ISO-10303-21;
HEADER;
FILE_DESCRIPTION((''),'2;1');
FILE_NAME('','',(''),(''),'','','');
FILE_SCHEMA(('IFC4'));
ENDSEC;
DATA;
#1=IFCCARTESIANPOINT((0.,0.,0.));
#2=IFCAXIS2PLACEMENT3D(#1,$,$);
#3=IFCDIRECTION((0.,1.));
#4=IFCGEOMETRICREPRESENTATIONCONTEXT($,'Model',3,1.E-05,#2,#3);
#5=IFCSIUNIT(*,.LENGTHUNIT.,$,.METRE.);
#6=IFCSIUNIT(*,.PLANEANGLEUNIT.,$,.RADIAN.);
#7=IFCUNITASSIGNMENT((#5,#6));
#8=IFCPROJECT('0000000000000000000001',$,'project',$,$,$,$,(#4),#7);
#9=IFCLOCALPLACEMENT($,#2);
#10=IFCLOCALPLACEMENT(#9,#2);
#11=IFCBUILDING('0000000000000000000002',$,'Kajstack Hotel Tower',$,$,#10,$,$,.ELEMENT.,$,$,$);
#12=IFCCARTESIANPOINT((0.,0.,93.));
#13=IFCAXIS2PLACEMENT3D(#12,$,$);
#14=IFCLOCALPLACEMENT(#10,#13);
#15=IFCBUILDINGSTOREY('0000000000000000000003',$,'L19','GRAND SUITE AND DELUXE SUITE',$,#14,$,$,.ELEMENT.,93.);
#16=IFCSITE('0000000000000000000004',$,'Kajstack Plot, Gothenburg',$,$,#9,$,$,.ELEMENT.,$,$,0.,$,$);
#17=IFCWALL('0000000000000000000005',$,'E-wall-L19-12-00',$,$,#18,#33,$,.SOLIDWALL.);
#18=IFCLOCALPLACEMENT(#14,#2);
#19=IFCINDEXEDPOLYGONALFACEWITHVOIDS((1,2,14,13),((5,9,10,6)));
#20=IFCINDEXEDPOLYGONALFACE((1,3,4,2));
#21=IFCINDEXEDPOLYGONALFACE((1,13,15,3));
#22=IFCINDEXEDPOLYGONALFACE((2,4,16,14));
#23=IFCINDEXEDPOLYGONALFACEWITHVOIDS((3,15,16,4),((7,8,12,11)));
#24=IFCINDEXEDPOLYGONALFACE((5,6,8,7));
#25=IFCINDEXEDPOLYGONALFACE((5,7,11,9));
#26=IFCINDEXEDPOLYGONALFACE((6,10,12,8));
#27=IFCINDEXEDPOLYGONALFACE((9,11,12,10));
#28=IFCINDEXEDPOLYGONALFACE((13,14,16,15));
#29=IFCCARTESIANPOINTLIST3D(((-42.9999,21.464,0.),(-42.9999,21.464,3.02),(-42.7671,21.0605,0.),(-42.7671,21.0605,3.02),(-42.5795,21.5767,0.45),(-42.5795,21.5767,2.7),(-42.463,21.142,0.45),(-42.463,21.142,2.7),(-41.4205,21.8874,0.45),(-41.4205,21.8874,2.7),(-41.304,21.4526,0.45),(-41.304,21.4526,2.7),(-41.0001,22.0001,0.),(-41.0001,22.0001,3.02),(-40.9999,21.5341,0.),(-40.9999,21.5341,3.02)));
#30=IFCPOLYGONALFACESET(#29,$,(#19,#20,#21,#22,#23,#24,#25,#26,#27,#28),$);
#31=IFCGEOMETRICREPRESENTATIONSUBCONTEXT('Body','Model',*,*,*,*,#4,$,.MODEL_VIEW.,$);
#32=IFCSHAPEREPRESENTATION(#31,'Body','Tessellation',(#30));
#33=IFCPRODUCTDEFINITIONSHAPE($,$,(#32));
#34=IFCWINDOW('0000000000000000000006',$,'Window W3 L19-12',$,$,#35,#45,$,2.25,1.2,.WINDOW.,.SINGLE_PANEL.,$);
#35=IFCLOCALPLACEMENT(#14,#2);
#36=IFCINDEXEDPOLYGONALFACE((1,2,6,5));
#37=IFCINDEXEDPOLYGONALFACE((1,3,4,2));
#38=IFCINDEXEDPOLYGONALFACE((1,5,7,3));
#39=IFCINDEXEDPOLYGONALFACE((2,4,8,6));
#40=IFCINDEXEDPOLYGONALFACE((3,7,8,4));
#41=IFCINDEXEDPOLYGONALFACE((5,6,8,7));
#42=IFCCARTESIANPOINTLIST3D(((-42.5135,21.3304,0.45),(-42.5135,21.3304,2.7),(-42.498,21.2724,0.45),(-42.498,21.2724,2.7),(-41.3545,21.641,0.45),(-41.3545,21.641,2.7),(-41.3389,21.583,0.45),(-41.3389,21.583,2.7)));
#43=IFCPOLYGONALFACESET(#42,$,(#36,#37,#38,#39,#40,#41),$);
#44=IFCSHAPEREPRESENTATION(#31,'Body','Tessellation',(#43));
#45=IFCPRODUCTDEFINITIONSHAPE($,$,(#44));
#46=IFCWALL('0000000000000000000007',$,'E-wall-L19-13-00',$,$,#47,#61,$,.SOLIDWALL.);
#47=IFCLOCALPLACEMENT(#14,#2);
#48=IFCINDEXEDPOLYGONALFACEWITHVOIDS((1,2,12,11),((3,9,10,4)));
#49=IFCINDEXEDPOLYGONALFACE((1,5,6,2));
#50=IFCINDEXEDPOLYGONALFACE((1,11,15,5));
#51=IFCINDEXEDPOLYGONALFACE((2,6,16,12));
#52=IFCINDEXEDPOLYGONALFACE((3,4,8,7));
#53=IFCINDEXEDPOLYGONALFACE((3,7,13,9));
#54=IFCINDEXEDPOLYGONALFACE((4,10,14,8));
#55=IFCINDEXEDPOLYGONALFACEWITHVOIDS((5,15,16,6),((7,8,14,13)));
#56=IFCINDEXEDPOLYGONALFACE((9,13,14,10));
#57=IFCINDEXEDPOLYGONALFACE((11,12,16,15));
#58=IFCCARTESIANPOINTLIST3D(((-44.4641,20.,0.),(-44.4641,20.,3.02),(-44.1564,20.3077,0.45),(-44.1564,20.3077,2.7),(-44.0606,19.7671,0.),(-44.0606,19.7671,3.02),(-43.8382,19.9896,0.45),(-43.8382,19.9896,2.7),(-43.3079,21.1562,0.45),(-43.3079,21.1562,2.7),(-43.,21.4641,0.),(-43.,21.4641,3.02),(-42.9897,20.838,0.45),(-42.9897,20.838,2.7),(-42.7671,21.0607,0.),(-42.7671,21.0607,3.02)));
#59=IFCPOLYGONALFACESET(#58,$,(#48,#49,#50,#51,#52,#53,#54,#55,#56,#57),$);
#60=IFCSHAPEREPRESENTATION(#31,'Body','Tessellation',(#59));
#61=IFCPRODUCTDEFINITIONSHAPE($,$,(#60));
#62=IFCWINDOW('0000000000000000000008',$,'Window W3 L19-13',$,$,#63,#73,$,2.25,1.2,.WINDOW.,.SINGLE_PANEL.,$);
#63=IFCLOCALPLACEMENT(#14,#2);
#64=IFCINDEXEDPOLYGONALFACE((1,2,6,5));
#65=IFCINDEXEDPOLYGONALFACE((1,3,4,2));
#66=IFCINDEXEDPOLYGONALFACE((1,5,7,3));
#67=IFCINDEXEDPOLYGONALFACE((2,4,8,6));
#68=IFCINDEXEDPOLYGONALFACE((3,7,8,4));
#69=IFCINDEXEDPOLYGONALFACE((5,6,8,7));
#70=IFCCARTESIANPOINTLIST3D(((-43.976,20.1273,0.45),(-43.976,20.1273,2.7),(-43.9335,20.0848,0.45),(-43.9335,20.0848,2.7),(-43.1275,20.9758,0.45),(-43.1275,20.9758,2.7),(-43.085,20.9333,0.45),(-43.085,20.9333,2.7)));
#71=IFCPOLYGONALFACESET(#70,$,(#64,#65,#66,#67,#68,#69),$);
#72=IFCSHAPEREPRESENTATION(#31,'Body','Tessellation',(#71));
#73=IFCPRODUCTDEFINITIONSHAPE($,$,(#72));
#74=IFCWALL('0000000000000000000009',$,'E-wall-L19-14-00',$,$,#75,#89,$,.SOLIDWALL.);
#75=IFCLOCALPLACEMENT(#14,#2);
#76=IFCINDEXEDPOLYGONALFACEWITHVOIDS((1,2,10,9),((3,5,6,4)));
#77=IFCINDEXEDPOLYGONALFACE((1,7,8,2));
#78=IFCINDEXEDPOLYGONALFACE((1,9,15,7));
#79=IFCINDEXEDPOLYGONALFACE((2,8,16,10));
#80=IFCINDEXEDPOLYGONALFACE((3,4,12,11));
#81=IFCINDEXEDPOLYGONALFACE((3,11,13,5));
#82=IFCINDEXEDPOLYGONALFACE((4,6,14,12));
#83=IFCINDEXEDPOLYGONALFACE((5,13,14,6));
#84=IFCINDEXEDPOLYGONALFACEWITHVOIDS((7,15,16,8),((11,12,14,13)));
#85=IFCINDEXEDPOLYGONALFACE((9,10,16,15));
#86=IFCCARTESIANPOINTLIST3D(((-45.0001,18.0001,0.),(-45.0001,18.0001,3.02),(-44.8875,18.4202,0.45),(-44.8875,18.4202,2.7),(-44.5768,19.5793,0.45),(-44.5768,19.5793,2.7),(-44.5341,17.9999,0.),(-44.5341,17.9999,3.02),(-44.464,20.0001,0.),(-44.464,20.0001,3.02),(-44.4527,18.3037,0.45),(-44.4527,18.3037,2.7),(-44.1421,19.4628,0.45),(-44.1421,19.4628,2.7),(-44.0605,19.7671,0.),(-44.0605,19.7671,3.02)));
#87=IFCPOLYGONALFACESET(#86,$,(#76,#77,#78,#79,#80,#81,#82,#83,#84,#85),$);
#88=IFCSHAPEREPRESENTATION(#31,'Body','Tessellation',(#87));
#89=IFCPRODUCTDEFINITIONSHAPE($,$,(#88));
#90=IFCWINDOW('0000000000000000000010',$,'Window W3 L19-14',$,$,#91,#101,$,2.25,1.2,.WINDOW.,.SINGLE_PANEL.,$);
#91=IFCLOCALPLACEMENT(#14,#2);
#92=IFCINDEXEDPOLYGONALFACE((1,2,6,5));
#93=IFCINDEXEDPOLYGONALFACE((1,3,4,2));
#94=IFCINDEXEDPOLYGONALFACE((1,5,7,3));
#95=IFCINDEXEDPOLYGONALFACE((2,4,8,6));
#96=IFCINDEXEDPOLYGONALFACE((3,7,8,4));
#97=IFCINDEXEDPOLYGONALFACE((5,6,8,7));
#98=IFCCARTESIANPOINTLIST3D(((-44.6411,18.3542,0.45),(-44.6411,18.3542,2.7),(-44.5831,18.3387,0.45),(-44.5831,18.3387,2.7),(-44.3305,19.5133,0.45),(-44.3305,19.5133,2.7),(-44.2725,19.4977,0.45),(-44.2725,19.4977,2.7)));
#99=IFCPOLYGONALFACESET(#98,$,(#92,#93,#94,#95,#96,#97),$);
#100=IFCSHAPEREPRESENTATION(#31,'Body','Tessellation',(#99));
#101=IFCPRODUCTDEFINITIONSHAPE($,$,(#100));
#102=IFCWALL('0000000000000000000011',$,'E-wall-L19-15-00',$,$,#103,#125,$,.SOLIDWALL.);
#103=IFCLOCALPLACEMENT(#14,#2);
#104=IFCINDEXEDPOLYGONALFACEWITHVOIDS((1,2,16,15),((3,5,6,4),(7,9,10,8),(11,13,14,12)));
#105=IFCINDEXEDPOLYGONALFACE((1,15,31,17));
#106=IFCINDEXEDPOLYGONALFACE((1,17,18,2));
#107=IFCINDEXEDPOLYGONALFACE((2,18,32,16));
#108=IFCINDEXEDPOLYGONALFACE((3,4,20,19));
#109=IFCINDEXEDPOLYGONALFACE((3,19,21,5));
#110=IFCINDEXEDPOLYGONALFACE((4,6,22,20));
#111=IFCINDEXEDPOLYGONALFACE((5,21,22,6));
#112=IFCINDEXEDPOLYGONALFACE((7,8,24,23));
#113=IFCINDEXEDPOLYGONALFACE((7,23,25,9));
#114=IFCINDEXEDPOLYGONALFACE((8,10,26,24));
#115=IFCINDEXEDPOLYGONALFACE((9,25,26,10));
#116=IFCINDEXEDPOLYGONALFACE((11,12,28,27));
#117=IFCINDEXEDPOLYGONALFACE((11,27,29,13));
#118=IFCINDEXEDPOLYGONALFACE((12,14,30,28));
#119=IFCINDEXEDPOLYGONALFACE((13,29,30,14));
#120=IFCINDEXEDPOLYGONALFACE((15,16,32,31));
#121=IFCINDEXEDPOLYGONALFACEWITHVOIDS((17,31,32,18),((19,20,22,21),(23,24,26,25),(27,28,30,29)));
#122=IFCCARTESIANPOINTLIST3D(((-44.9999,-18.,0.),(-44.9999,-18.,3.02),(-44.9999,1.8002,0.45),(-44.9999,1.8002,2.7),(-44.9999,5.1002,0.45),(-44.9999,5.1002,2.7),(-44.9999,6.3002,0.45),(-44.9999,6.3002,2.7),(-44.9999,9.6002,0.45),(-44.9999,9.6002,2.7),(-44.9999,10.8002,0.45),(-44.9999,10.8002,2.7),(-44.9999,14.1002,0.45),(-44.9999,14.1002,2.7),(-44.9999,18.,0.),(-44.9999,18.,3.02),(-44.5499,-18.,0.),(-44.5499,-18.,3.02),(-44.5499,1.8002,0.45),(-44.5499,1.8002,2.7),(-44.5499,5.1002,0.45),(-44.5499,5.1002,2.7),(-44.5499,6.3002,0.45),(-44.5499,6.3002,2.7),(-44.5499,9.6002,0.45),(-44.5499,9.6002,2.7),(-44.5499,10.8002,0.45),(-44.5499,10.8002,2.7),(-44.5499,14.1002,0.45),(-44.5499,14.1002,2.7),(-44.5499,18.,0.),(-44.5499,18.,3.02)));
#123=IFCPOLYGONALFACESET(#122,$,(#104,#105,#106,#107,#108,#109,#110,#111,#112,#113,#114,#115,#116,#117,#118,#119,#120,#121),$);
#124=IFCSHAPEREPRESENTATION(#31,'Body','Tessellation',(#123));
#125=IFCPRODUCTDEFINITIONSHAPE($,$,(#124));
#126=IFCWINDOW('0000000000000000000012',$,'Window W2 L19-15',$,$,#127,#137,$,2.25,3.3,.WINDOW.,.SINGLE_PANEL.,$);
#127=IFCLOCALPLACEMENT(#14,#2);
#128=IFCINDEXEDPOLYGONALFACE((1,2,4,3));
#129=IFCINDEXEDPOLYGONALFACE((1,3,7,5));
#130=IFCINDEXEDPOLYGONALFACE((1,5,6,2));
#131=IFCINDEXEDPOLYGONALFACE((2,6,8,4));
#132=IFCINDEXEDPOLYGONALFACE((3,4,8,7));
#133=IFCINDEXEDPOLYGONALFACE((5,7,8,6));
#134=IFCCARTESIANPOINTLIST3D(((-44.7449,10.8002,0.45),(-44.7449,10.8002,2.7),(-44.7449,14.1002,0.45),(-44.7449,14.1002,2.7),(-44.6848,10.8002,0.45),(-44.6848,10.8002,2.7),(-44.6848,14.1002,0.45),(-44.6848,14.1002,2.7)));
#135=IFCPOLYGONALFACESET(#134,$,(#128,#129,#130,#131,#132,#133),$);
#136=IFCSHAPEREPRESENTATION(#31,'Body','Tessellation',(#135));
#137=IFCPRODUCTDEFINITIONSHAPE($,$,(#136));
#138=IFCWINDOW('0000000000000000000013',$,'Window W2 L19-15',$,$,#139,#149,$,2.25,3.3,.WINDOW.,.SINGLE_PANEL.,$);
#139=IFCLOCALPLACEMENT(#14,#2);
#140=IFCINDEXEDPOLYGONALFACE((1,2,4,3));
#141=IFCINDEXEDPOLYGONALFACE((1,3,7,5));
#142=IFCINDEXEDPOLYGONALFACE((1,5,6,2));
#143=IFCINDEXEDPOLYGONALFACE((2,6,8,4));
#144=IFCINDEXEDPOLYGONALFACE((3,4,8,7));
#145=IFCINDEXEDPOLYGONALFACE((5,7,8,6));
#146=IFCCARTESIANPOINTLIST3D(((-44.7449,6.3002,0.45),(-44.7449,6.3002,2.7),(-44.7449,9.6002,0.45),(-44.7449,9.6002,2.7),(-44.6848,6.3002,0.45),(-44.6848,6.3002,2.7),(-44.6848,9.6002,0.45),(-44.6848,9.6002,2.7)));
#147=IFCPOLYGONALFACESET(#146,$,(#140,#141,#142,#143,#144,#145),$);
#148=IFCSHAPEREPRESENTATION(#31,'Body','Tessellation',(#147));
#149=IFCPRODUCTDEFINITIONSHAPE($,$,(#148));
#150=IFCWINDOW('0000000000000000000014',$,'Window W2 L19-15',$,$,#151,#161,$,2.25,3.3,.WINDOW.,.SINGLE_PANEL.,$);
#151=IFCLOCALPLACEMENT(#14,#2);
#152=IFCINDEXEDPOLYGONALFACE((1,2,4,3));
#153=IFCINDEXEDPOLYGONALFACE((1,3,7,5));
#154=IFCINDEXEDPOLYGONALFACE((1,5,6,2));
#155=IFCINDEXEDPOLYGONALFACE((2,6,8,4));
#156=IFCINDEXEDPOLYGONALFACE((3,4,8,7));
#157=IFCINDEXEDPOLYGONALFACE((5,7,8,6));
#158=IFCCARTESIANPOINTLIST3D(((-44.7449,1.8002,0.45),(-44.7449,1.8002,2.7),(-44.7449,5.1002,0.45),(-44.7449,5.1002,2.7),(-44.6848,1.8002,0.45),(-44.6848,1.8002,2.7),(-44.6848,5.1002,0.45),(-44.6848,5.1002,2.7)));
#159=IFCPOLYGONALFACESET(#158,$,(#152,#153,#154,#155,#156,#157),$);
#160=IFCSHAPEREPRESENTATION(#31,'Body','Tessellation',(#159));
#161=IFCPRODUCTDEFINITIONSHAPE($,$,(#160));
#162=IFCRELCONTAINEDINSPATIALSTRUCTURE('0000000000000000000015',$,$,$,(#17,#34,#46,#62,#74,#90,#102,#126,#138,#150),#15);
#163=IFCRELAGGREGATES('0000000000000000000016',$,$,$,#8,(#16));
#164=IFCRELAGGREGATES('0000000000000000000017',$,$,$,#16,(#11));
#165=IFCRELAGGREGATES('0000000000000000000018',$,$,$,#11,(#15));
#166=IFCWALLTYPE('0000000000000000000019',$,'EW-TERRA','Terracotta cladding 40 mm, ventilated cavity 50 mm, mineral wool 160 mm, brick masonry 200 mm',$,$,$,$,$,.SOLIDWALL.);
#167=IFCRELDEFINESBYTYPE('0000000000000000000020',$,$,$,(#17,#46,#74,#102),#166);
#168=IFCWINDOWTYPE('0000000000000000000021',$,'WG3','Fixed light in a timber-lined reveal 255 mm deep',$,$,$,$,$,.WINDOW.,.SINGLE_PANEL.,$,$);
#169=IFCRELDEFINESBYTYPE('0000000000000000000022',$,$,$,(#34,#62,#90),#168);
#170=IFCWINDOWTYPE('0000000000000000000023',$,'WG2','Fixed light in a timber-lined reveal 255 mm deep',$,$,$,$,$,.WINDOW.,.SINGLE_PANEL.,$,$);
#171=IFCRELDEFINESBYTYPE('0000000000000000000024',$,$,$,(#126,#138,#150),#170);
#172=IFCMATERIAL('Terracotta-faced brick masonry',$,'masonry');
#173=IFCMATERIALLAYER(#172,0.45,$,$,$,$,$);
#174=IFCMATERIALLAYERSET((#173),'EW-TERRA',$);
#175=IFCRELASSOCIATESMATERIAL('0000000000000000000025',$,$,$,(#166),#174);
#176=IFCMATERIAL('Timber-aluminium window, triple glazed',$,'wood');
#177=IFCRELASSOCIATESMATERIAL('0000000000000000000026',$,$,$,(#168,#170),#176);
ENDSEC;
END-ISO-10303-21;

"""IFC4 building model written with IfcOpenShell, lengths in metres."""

from ifc_helpers import new_model, si_unit, direction, frame, frame_2d, origin, place, context, subcontext, project, spatial, polyline, rectangle, outline, extrude, material, layer, layer_set, type_object, element, fill, save


model = new_model("IFC4")

# Units and contexts
model_context = context("Model", 3, precision=1e-05, world=origin(), true_north=direction((0.0, 1.0)))
body_context = subcontext(model_context, "Body", "Model", "MODEL_VIEW")
ifc_project = project(units=[si_unit("LENGTHUNIT", "METRE"), si_unit("PLANEANGLEUNIT", "RADIAN")], contexts=[model_context])

# Site, building, storey
site_placement = place(None, origin())
site = spatial("IfcSite", under=ifc_project, at=site_placement, Name="Kajstack Plot, Gothenburg", CompositionType="ELEMENT", RefElevation=0.0)
building_placement = place(site_placement, origin())
building = spatial("IfcBuilding", under=site, at=building_placement, Name="Kajstack Hotel Tower", CompositionType="ELEMENT")
storey_placement = place(building_placement, frame((0.0, 0.0, 93.0)))
storey = spatial("IfcBuildingStorey", under=building, at=storey_placement, Name="L19", Description="GRAND SUITE AND DELUXE SUITE", CompositionType="ELEMENT", Elevation=93.0)

# Walls, openings, windows
ifc_material_1 = material(Name="Terracotta-faced brick masonry", Category="masonry")
ifc_layer_1 = layer(ifc_material_1, 0.45)
ifc_layer_set_1 = layer_set([ifc_layer_1], Name="EW-TERRA")
wall_type_1 = type_object("IfcWallType", Name="EW-TERRA", Description="Terracotta cladding 40 mm, ventilated cavity 50 mm, mineral wool 160 mm, brick masonry 200 mm", PredefinedType="SOLIDWALL", material=ifc_layer_set_1)
wall_1_placement = place(storey_placement, frame((-40.9417, 21.7827, 0.0), z_axis=(0.0, 0.0, 1.0), x_axis=(-0.965927, -0.258815, 0.0)))
wall_1 = element("IfcWall", 1, at=wall_1_placement, inside=storey, type_object=wall_type_1, Name="E-wall-L19-12-00", PredefinedType="SOLIDWALL", context=body_context, shape_type="SweptSolid", body=[
    extrude(outline(polyline([(0.0002, -0.2251), (2.0706, -0.2249), (1.9502, 0.2251), (0.1206, 0.2251), (0.0002, -0.2251)])), origin(), (0.0, 0.0, 1.0), 3.02),
])
opening_1_placement = place(wall_1_placement, frame((0.4353, 0.0, 0.45)))
opening_1 = element("IfcOpeningElement", 2, at=opening_1_placement, cuts=wall_1, PredefinedType="OPENING", context=body_context, shape_type="SweptSolid", body=[
    extrude(rectangle(XDim=1.2, YDim=2.25, at=frame_2d((0.6001, 1.125))), frame((0.0, 0.2349, 0.0), z_axis=(0.0, -1.0, 0.0), x_axis=(1.0, 0.0, 0.0)), (0.0, 0.0, 1.0), 0.47),
])
ifc_material_2 = material(Name="Timber-aluminium window, triple glazed", Category="wood")
window_type_1 = type_object("IfcWindowType", Name="WG3", Description="Fixed light in a timber-lined reveal 255 mm deep", PartitioningType="SINGLE_PANEL", PredefinedType="WINDOW", material=ifc_material_2)
window_1_placement = place(opening_1_placement, origin())
window_1 = element("IfcWindow", 3, at=window_1_placement, inside=storey, type_object=window_type_1, Name="Window W3 L19-12", OverallHeight=2.25, OverallWidth=1.2, PartitioningType="SINGLE_PANEL", PredefinedType="WINDOW", context=body_context, shape_type="SweptSolid", body=[
    extrude(rectangle(XDim=1.2, YDim=2.25, at=frame_2d((0.6001, 1.125))), frame((0.0, 0.0901, 0.0), z_axis=(0.0, -1.0, 0.0), x_axis=(1.0, 0.0, 0.0)), (0.0, 0.0, 1.0), 0.0601),
])
fill(opening_1, window_1)
wall_2_placement = place(storey_placement, frame((-42.8408, 21.3049, 0.0), z_axis=(0.0, 0.0, 1.0), x_axis=(-0.707107, -0.707107, 0.0)))
wall_2 = element("IfcWall", 4, at=wall_2_placement, inside=storey, type_object=wall_type_1, Name="E-wall-L19-13-00", PredefinedType="SOLIDWALL", context=body_context, shape_type="SweptSolid", body=[
    extrude(outline(polyline([(0.0, -0.2251), (2.0706, -0.2251), (1.95, 0.2249), (0.1206, 0.2249), (0.0, -0.2251)])), origin(), (0.0, 0.0, 1.0), 3.02),
])
opening_2_placement = place(wall_2_placement, frame((0.4353, 0.0, 0.45)))
opening_2 = element("IfcOpeningElement", 5, at=opening_2_placement, cuts=wall_2, PredefinedType="OPENING", context=body_context, shape_type="SweptSolid", body=[
    extrude(rectangle(XDim=1.2, YDim=2.25, at=frame_2d((0.6001, 1.125))), frame((0.0, 0.2349, 0.0), z_axis=(0.0, -1.0, 0.0), x_axis=(1.0, 0.0, 0.0)), (0.0, 0.0, 1.0), 0.47),
])
window_2_placement = place(opening_2_placement, origin())
window_2 = element("IfcWindow", 6, at=window_2_placement, inside=storey, type_object=window_type_1, Name="Window W3 L19-13", OverallHeight=2.25, OverallWidth=1.2, PartitioningType="SINGLE_PANEL", PredefinedType="WINDOW", context=body_context, shape_type="SweptSolid", body=[
    extrude(rectangle(XDim=1.2, YDim=2.25, at=frame_2d((0.6001, 1.125))), frame((0.0, 0.0901, 0.0), z_axis=(0.0, -1.0, 0.0), x_axis=(1.0, 0.0, 0.0)), (0.0, 0.0, 1.0), 0.0601),
])
fill(opening_2, window_2)
wall_3_placement = place(storey_placement, frame((-44.2468, 19.9417, 0.0), z_axis=(0.0, 0.0, 1.0), x_axis=(-0.258815, -0.965927, 0.0)))
wall_3 = element("IfcWall", 7, at=wall_3_placement, inside=storey, type_object=wall_type_1, Name="E-wall-L19-14-00", PredefinedType="SOLIDWALL", context=body_context, shape_type="SweptSolid", body=[
    extrude(outline(polyline([(-0.0002, -0.2249), (2.0703, -0.2251), (1.95, 0.2251), (0.1204, 0.2251), (-0.0002, -0.2249)])), origin(), (0.0, 0.0, 1.0), 3.02),
])
opening_3_placement = place(wall_3_placement, frame((0.4353, 0.0, 0.45)))
opening_3 = element("IfcOpeningElement", 8, at=opening_3_placement, cuts=wall_3, PredefinedType="OPENING", context=body_context, shape_type="SweptSolid", body=[
    extrude(rectangle(XDim=1.2, YDim=2.25, at=frame_2d((0.6001, 1.125))), frame((0.0, 0.2349, 0.0), z_axis=(0.0, -1.0, 0.0), x_axis=(1.0, 0.0, 0.0)), (0.0, 0.0, 1.0), 0.47),
])
window_3_placement = place(opening_3_placement, origin())
window_3 = element("IfcWindow", 9, at=window_3_placement, inside=storey, type_object=window_type_1, Name="Window W3 L19-14", OverallHeight=2.25, OverallWidth=1.2, PartitioningType="SINGLE_PANEL", PredefinedType="WINDOW", context=body_context, shape_type="SweptSolid", body=[
    extrude(rectangle(XDim=1.2, YDim=2.25, at=frame_2d((0.6001, 1.125))), frame((0.0, 0.0901, 0.0), z_axis=(0.0, -1.0, 0.0), x_axis=(1.0, 0.0, 0.0)), (0.0, 0.0, 1.0), 0.0601),
])
fill(opening_3, window_3)

# Wall, openings, windows
wall_4_placement = place(storey_placement, frame((-44.7749, 18.0, 0.0), z_axis=(0.0, 0.0, 1.0), x_axis=(0.0, -1.0, 0.0)))
wall_4 = element("IfcWall", 10, at=wall_4_placement, inside=storey, type_object=wall_type_1, Name="E-wall-L19-15-00", PredefinedType="SOLIDWALL", context=body_context, shape_type="SweptSolid", body=[
    extrude(rectangle(XDim=36.0, YDim=0.45, at=frame_2d((18.0, 0.0))), origin(), (0.0, 0.0, 1.0), 3.02),
])
opening_4_placement = place(wall_4_placement, frame((3.8999, 0.0, 0.45)))
opening_4 = element("IfcOpeningElement", 11, at=opening_4_placement, cuts=wall_4, PredefinedType="OPENING", context=body_context, shape_type="SweptSolid", body=[
    extrude(rectangle(XDim=3.3, YDim=2.25, at=frame_2d((1.6499, 1.125))), frame((0.0, 0.2349, 0.0), z_axis=(0.0, -1.0, 0.0), x_axis=(1.0, 0.0, 0.0)), (0.0, 0.0, 1.0), 0.47),
])
opening_5_placement = place(wall_4_placement, frame((8.3999, 0.0, 0.45)))
opening_5 = element("IfcOpeningElement", 12, at=opening_5_placement, cuts=wall_4, PredefinedType="OPENING", context=body_context, shape_type="SweptSolid", body=[
    extrude(rectangle(XDim=3.3, YDim=2.25, at=frame_2d((1.6499, 1.125))), frame((0.0, 0.2349, 0.0), z_axis=(0.0, -1.0, 0.0), x_axis=(1.0, 0.0, 0.0)), (0.0, 0.0, 1.0), 0.47),
])
opening_6_placement = place(wall_4_placement, frame((12.8999, 0.0, 0.45)))
opening_6 = element("IfcOpeningElement", 13, at=opening_6_placement, cuts=wall_4, PredefinedType="OPENING", context=body_context, shape_type="SweptSolid", body=[
    extrude(rectangle(XDim=3.3, YDim=2.25, at=frame_2d((1.6499, 1.125))), frame((0.0, 0.2349, 0.0), z_axis=(0.0, -1.0, 0.0), x_axis=(1.0, 0.0, 0.0)), (0.0, 0.0, 1.0), 0.47),
])
window_type_2 = type_object("IfcWindowType", Name="WG2", Description="Fixed light in a timber-lined reveal 255 mm deep", PartitioningType="SINGLE_PANEL", PredefinedType="WINDOW", material=ifc_material_2)
window_4_placement = place(opening_4_placement, origin())
window_4 = element("IfcWindow", 14, at=window_4_placement, inside=storey, type_object=window_type_2, Name="Window W2 L19-15", OverallHeight=2.25, OverallWidth=3.3, PartitioningType="SINGLE_PANEL", PredefinedType="WINDOW", context=body_context, shape_type="SweptSolid", body=[
    extrude(rectangle(XDim=3.3, YDim=2.25, at=frame_2d((1.6499, 1.125))), frame((0.0, 0.0901, 0.0), z_axis=(0.0, -1.0, 0.0), x_axis=(1.0, 0.0, 0.0)), (0.0, 0.0, 1.0), 0.0601),
])
fill(opening_4, window_4)
window_5_placement = place(opening_5_placement, origin())
window_5 = element("IfcWindow", 15, at=window_5_placement, inside=storey, type_object=window_type_2, Name="Window W2 L19-15", OverallHeight=2.25, OverallWidth=3.3, PartitioningType="SINGLE_PANEL", PredefinedType="WINDOW", context=body_context, shape_type="SweptSolid", body=[
    extrude(rectangle(XDim=3.3, YDim=2.25, at=frame_2d((1.6499, 1.125))), frame((0.0, 0.0901, 0.0), z_axis=(0.0, -1.0, 0.0), x_axis=(1.0, 0.0, 0.0)), (0.0, 0.0, 1.0), 0.0601),
])
fill(opening_5, window_5)
window_6_placement = place(opening_6_placement, origin())
window_6 = element("IfcWindow", 16, at=window_6_placement, inside=storey, type_object=window_type_2, Name="Window W2 L19-15", OverallHeight=2.25, OverallWidth=3.3, PartitioningType="SINGLE_PANEL", PredefinedType="WINDOW", context=body_context, shape_type="SweptSolid", body=[
    extrude(rectangle(XDim=3.3, YDim=2.25, at=frame_2d((1.6499, 1.125))), frame((0.0, 0.0901, 0.0), z_axis=(0.0, -1.0, 0.0), x_axis=(1.0, 0.0, 0.0)), (0.0, 0.0, 1.0), 0.0601),
])
fill(opening_6, window_6)

save(model, "model.ifc")
